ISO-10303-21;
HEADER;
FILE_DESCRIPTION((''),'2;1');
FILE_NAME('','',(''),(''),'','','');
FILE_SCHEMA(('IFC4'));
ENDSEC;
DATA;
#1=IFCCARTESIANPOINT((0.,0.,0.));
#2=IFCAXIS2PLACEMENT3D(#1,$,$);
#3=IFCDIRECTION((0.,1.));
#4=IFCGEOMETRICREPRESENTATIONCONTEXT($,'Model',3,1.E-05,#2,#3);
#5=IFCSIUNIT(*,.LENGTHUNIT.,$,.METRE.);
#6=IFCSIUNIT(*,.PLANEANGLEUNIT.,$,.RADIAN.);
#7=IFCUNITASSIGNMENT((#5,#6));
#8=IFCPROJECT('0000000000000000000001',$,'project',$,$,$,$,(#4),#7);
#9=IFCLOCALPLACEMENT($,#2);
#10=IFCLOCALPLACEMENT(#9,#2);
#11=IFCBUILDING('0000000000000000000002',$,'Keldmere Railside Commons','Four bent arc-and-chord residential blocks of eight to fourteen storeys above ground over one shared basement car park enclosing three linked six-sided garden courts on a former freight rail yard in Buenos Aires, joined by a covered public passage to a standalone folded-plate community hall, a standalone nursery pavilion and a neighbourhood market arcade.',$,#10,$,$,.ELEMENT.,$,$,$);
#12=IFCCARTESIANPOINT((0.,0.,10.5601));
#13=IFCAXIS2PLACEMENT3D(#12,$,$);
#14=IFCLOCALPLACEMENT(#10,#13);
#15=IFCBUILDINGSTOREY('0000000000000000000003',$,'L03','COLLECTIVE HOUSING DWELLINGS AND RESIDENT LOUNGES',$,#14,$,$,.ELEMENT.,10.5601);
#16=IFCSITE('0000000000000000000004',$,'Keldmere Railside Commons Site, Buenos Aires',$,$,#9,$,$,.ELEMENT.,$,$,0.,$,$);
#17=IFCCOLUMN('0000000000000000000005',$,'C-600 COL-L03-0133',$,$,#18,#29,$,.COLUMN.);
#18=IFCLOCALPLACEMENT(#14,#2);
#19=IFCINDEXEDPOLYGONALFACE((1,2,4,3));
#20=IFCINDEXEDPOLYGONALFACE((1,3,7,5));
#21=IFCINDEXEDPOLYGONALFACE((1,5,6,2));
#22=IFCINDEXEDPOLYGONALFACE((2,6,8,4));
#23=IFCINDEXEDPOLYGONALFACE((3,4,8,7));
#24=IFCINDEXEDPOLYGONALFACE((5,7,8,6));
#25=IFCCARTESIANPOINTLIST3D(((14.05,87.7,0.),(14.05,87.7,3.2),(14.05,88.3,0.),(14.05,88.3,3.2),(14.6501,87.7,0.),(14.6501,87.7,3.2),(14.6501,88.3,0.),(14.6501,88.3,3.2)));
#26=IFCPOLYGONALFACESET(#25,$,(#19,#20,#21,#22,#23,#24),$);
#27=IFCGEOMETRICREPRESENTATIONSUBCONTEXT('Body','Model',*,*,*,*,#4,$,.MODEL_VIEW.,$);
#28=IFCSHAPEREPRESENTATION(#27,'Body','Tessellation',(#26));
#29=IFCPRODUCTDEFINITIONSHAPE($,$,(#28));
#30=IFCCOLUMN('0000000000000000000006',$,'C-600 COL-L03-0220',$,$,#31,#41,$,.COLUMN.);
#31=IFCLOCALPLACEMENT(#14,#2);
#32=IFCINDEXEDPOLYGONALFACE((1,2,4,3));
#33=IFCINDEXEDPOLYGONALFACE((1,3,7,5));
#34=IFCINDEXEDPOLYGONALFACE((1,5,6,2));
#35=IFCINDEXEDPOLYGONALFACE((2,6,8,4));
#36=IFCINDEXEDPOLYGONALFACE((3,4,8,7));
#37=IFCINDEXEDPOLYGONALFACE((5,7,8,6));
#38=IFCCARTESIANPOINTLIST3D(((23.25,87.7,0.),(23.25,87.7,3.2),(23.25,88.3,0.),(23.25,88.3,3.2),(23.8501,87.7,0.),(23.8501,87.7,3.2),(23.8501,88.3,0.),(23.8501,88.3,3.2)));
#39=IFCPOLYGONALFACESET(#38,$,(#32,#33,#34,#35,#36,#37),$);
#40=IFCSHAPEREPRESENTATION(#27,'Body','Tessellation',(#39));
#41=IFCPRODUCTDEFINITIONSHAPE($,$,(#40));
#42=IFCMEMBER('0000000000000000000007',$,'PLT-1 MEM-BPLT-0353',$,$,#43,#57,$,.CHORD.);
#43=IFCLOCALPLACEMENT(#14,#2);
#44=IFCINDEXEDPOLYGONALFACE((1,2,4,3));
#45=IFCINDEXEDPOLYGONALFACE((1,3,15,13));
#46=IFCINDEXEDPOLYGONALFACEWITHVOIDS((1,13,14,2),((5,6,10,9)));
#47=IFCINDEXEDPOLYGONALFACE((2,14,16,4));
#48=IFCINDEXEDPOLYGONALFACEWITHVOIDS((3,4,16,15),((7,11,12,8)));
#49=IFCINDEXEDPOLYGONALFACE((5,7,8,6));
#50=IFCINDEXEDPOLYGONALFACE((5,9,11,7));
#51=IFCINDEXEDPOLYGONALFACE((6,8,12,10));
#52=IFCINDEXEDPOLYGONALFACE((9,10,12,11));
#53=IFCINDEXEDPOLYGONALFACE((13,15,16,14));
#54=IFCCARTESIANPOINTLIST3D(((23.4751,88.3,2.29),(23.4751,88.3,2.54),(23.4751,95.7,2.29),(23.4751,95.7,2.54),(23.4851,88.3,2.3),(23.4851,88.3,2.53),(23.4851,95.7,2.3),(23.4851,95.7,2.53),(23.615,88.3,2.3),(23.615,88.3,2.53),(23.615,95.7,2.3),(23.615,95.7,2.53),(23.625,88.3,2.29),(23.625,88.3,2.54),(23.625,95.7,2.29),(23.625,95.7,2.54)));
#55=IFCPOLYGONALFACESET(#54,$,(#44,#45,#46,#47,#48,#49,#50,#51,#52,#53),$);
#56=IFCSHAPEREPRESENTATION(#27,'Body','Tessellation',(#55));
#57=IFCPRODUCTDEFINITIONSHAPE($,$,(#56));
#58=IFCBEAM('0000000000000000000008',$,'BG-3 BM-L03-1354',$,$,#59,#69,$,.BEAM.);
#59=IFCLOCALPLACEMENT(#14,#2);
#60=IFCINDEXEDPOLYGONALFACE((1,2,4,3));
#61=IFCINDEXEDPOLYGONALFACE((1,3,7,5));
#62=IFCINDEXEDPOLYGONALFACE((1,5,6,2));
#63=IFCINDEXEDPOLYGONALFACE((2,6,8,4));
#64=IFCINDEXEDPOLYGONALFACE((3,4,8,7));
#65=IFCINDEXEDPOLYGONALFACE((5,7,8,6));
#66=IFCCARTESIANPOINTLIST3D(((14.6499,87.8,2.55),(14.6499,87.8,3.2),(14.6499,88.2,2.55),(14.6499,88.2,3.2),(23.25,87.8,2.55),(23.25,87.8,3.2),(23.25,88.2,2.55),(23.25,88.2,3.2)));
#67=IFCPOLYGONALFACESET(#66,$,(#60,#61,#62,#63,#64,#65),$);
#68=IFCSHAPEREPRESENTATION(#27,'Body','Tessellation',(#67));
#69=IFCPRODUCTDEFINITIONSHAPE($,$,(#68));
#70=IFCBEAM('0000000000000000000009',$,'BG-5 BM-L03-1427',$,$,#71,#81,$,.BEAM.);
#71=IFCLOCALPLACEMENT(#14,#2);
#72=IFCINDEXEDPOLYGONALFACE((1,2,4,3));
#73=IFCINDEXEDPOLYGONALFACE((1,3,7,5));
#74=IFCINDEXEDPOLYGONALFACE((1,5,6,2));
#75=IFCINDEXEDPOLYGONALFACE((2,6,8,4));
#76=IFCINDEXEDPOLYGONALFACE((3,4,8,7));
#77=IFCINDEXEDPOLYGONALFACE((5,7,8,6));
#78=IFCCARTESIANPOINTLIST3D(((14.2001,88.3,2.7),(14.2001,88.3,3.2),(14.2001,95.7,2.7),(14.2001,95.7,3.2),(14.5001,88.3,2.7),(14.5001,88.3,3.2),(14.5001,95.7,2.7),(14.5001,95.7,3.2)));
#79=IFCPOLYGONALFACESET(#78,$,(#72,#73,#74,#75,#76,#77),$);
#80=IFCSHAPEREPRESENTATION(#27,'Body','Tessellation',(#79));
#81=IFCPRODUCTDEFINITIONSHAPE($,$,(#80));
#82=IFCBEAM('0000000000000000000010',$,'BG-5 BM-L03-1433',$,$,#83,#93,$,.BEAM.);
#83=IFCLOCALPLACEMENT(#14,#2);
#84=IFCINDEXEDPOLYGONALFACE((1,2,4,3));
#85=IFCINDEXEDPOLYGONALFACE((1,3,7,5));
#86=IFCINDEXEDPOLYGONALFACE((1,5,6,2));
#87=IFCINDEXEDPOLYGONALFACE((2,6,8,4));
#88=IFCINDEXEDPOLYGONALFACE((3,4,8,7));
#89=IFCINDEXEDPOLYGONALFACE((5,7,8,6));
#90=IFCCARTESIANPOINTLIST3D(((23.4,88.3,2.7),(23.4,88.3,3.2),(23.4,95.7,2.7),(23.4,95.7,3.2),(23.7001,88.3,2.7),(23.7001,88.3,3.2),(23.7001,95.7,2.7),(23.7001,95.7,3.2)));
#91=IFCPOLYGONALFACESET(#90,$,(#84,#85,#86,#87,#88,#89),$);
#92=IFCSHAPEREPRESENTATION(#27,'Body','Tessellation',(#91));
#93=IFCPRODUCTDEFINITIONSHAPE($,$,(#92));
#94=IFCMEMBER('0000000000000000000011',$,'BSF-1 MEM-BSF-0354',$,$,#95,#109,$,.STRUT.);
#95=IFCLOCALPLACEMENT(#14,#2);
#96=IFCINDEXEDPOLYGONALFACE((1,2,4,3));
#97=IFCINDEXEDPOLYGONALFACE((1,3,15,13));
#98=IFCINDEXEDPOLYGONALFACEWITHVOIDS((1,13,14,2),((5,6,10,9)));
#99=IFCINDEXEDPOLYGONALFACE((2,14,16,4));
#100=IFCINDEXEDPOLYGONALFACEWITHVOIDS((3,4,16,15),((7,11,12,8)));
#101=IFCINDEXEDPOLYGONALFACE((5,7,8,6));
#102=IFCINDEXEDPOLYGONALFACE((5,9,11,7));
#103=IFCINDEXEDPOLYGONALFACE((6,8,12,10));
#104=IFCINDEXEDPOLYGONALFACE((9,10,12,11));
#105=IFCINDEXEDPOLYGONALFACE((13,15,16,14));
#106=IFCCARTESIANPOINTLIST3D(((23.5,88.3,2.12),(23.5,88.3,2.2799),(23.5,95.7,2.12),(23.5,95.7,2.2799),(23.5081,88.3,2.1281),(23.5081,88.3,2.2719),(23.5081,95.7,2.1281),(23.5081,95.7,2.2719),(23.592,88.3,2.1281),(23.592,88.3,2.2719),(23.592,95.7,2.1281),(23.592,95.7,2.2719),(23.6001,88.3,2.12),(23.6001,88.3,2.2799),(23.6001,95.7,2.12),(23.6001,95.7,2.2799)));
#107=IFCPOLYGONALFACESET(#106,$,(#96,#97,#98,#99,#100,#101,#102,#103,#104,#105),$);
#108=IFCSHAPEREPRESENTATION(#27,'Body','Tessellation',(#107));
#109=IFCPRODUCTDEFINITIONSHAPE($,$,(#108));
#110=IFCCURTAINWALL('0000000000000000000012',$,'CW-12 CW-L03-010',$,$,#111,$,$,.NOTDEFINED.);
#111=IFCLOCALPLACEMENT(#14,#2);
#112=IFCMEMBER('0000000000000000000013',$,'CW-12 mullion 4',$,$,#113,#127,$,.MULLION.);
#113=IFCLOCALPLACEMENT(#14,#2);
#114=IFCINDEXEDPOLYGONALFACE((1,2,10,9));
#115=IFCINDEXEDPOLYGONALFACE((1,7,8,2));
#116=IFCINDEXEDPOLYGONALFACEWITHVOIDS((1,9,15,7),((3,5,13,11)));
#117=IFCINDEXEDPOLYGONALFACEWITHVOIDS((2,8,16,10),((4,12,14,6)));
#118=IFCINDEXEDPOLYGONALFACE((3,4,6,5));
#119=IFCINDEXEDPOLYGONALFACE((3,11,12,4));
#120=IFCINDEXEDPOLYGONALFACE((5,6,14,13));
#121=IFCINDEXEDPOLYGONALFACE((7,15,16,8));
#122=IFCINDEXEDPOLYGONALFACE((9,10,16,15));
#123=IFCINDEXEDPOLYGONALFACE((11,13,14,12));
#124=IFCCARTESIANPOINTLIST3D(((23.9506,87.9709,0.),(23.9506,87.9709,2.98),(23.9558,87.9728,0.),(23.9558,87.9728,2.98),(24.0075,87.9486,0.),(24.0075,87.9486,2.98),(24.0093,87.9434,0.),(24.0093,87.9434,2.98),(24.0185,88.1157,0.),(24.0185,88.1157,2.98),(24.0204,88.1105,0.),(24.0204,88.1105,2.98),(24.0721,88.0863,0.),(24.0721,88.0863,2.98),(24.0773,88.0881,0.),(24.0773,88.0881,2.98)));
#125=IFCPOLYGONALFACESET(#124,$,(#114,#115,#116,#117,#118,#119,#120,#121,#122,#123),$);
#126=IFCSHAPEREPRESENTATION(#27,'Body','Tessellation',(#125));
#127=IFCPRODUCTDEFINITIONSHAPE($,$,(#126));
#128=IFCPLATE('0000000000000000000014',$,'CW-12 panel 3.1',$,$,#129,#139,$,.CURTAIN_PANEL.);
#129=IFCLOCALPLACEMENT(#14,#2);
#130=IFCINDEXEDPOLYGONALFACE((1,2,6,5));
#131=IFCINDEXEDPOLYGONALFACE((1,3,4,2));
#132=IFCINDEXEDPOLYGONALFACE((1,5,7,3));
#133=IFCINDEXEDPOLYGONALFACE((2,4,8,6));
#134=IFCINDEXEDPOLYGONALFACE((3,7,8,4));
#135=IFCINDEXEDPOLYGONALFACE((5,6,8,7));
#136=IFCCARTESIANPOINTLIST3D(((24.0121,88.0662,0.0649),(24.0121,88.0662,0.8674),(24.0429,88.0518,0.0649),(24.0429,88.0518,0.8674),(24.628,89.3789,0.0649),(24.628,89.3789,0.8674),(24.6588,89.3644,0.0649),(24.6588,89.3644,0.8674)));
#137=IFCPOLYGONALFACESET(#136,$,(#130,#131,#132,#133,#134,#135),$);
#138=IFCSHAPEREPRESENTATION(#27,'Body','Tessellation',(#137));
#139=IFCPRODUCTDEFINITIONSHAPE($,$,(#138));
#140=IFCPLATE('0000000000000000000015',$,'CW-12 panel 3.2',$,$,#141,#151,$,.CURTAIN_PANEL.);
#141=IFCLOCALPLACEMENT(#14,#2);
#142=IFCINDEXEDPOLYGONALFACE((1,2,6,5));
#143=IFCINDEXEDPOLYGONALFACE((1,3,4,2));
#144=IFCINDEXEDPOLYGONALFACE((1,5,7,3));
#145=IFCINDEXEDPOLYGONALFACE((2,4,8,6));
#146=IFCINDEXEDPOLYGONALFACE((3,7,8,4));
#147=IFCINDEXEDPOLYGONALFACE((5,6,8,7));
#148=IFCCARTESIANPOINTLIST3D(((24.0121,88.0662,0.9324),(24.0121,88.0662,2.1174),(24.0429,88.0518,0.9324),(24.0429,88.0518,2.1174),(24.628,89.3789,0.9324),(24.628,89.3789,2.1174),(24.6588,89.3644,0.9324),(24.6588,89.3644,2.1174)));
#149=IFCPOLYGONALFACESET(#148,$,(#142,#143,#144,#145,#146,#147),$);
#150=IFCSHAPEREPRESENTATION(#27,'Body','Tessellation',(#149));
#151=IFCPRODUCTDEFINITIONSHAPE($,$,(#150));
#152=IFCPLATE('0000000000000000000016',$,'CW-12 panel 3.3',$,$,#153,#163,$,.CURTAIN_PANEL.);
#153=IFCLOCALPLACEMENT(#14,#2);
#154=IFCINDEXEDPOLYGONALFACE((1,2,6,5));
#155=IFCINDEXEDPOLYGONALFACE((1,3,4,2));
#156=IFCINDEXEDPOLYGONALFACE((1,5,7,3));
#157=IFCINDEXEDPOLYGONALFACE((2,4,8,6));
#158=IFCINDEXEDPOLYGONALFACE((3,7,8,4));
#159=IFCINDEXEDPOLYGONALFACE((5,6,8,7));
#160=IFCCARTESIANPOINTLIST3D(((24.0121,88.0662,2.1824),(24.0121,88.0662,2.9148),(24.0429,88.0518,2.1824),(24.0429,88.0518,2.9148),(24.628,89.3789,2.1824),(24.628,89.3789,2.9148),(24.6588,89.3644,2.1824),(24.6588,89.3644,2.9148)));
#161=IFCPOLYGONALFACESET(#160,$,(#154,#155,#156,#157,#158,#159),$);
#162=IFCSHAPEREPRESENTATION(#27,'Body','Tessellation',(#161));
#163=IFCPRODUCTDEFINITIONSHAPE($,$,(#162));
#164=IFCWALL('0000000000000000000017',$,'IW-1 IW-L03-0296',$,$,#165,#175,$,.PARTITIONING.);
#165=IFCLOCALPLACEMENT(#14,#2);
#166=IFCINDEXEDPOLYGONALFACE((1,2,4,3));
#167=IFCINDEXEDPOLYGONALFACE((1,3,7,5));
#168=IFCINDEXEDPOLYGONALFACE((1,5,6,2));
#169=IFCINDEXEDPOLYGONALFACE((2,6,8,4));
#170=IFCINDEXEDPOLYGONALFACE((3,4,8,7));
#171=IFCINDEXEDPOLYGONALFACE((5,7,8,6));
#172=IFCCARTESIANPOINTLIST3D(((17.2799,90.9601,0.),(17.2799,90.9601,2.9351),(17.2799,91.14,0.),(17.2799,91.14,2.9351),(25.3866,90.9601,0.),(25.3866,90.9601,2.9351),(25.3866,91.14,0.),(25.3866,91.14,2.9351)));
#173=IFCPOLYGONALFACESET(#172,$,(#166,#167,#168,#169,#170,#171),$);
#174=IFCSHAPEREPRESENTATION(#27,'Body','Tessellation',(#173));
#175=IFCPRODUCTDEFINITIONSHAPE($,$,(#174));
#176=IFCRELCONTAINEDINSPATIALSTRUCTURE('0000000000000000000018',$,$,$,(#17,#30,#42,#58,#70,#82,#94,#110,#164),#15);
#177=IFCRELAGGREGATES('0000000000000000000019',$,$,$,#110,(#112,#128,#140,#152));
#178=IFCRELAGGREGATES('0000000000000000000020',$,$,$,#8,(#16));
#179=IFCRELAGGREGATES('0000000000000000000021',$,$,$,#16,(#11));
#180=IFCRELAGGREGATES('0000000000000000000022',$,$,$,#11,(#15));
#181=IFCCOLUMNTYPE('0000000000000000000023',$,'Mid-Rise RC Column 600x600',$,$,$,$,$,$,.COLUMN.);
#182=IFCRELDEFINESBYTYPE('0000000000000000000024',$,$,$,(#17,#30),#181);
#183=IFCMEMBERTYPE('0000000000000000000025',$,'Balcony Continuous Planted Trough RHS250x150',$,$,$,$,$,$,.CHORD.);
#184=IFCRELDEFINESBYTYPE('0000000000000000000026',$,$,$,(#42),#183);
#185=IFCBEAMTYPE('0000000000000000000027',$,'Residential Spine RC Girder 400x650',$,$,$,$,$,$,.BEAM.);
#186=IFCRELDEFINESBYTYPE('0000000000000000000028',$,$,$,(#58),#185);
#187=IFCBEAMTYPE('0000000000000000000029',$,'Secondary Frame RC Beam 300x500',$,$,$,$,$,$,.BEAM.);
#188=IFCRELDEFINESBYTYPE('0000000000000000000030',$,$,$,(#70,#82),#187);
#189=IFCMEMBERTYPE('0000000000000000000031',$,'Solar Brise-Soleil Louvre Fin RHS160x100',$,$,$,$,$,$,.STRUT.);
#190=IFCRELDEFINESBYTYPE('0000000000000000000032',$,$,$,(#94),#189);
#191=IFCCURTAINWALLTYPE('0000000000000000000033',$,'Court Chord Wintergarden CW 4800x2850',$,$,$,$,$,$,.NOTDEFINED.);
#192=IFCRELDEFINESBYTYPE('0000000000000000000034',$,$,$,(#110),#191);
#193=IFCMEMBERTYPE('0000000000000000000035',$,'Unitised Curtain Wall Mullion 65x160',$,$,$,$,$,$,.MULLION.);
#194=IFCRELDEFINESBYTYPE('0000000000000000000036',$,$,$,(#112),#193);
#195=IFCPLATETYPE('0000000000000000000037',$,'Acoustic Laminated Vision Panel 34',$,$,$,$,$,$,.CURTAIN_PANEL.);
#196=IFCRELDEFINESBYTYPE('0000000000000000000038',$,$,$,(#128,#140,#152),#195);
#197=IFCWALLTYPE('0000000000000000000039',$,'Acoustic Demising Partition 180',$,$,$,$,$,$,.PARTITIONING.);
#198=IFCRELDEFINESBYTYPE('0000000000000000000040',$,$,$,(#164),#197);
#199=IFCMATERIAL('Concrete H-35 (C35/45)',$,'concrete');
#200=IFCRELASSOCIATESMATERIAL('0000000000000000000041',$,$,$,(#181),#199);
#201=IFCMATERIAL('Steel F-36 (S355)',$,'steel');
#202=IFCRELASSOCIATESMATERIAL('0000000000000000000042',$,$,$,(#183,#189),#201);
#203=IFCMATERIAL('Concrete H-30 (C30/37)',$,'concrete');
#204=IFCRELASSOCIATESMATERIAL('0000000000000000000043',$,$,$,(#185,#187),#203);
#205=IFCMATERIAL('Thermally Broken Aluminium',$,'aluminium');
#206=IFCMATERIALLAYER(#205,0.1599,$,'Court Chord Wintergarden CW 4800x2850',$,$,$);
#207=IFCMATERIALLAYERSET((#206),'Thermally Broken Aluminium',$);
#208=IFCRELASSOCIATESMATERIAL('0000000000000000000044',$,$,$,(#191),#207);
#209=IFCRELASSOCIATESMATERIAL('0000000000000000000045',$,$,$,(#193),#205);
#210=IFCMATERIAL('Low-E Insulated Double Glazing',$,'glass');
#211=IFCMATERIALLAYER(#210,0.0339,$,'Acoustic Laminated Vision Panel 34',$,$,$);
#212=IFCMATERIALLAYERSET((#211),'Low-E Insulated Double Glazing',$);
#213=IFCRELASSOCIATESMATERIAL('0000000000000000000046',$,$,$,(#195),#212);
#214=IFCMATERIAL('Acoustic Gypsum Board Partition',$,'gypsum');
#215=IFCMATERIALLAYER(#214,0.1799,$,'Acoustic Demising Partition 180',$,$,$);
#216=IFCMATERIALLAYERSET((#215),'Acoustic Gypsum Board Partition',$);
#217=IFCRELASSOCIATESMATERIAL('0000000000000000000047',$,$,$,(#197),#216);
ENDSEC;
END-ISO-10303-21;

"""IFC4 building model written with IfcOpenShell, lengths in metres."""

from ifc_helpers import new_model, si_unit, direction, frame, frame_2d, origin, origin_2d, place, context, subcontext, project, spatial, rectangle, hollow_rectangle, extrude, material, layer, layer_set, material_profile, profile_set, type_object, element, aggregate, save


model = new_model("IFC4")

# Units and contexts
model_context = context("Model", 3, precision=1e-05, world=origin(), true_north=direction((0.0, 1.0)))
body_context = subcontext(model_context, "Body", "Model", "MODEL_VIEW")
ifc_project = project(units=[si_unit("LENGTHUNIT", "METRE"), si_unit("PLANEANGLEUNIT", "RADIAN")], contexts=[model_context])

# Site, building, storey
site_placement = place(None, origin())
site = spatial("IfcSite", under=ifc_project, at=site_placement, Name="Keldmere Railside Commons Site, Buenos Aires", CompositionType="ELEMENT", RefElevation=0.0)
building_placement = place(site_placement, origin())
building = spatial("IfcBuilding", under=site, at=building_placement, Name="Keldmere Railside Commons", Description="Four bent arc-and-chord residential blocks of eight to fourteen storeys above ground over one shared basement car park enclosing three linked six-sided garden courts on a former freight rail yard in Buenos Aires, joined by a covered public passage to a standalone folded-plate community hall, a standalone nursery pavilion and a neighbourhood market arcade.", CompositionType="ELEMENT")
storey_placement = place(building_placement, frame((0.0, 0.0, 10.5601)))
storey = spatial("IfcBuildingStorey", under=building, at=storey_placement, Name="L03", Description="COLLECTIVE HOUSING DWELLINGS AND RESIDENT LOUNGES", CompositionType="ELEMENT", Elevation=10.5601)

# Columns
ifc_material_1 = material(Name="Concrete H-35 (C35/45)", Category="concrete")
ifc_material_profile_1 = material_profile(ifc_material_1, rectangle(XDim=0.6001, YDim=0.6001, at=origin_2d()), Name="RC-600x600")
ifc_profile_set_1 = profile_set([ifc_material_profile_1], Name="Concrete H-35 (C35/45)")
column_type = type_object("IfcColumnType", Name="Mid-Rise RC Column 600x600", PredefinedType="COLUMN", material=ifc_profile_set_1)
for number, where, z_axis, x_axis, name in (
    (1, (14.3501, 88.0, 0.0), (0.0, 0.0, 1.0), (1.0, 0.0, 0.0), "C-600 COL-L03-0133"),
    (2, (23.55, 88.0, 0.0), (0.0, 0.0, 1.0), (1.0, 0.0, 0.0), "C-600 COL-L03-0220"),
):
    element("IfcColumn", number, at=place(storey_placement, frame(where, z_axis=z_axis, x_axis=x_axis)), inside=storey, type_object=column_type, Name=name, PredefinedType="COLUMN", context=body_context, shape_type="SweptSolid", body=[
        extrude(rectangle(XDim=0.6001, YDim=0.6001, at=origin_2d()), origin(), (0.0, 0.0, 1.0), 3.2),
    ])

# Member
ifc_material_2 = material(Name="Steel F-36 (S355)", Category="steel")
ifc_material_profile_2 = material_profile(ifc_material_2, hollow_rectangle(XDim=0.1499, YDim=0.25, WallThickness=0.01, at=origin_2d()), Name="RHS-250x150x10")
ifc_profile_set_2 = profile_set([ifc_material_profile_2], Name="Steel F-36 (S355)")
member_type_1 = type_object("IfcMemberType", Name="Balcony Continuous Planted Trough RHS250x150", PredefinedType="CHORD", material=ifc_profile_set_2)
member_1_placement = place(storey_placement, frame((23.55, 88.3, 2.415), z_axis=(0.0, 1.0, 0.0), x_axis=(-1.0, 0.0, 0.0)))
element("IfcMember", 3, at=member_1_placement, inside=storey, type_object=member_type_1, Name="PLT-1 MEM-BPLT-0353", PredefinedType="CHORD", context=body_context, shape_type="SweptSolid", body=[
    extrude(hollow_rectangle(XDim=0.1499, YDim=0.25, WallThickness=0.01, at=origin_2d()), origin(), (0.0, 0.0, 1.0), 7.3999),
])

# Beams
ifc_material_3 = material(Name="Concrete H-30 (C30/37)", Category="concrete")
ifc_material_profile_3 = material_profile(ifc_material_3, rectangle(XDim=0.3999, YDim=0.6499, at=origin_2d()), Name="RC-400x650")
ifc_profile_set_3 = profile_set([ifc_material_profile_3], Name="Concrete H-30 (C30/37)")
beam_type_1 = type_object("IfcBeamType", Name="Residential Spine RC Girder 400x650", PredefinedType="BEAM", material=ifc_profile_set_3)
beam_placement = place(storey_placement, frame((14.6499, 88.0, 2.875), z_axis=(1.0, 0.0, 0.0), x_axis=(0.0, 1.0, 0.0)))
element("IfcBeam", 4, at=beam_placement, inside=storey, type_object=beam_type_1, Name="BG-3 BM-L03-1354", PredefinedType="BEAM", context=body_context, shape_type="SweptSolid", body=[
    extrude(rectangle(XDim=0.3999, YDim=0.6499, at=origin_2d()), origin(), (0.0, 0.0, 1.0), 8.6001),
])
ifc_material_profile_4 = material_profile(ifc_material_3, rectangle(XDim=0.3, YDim=0.5, at=origin_2d()), Name="RC-300x500")
ifc_profile_set_4 = profile_set([ifc_material_profile_4], Name="Concrete H-30 (C30/37)")
beam_type_2 = type_object("IfcBeamType", Name="Secondary Frame RC Beam 300x500", PredefinedType="BEAM", material=ifc_profile_set_4)
for number, where, z_axis, x_axis, name in (
    (5, (14.3501, 88.3, 2.95), (0.0, 1.0, 0.0), (-1.0, 0.0, 0.0), "BG-5 BM-L03-1427"),
    (6, (23.55, 88.3, 2.95), (0.0, 1.0, 0.0), (-1.0, 0.0, 0.0), "BG-5 BM-L03-1433"),
):
    element("IfcBeam", number, at=place(storey_placement, frame(where, z_axis=z_axis, x_axis=x_axis)), inside=storey, type_object=beam_type_2, Name=name, PredefinedType="BEAM", context=body_context, shape_type="SweptSolid", body=[
        extrude(rectangle(XDim=0.3, YDim=0.5, at=origin_2d()), origin(), (0.0, 0.0, 1.0), 7.3999),
    ])

# Member
ifc_material_profile_5 = material_profile(ifc_material_2, hollow_rectangle(XDim=0.1001, YDim=0.1599, WallThickness=0.0081, at=origin_2d()), Name="RHS-160x100x8")
ifc_profile_set_5 = profile_set([ifc_material_profile_5], Name="Steel F-36 (S355)")
member_type_2 = type_object("IfcMemberType", Name="Solar Brise-Soleil Louvre Fin RHS160x100", PredefinedType="STRUT", material=ifc_profile_set_5)
member_2_placement = place(storey_placement, frame((23.55, 88.3, 2.2), z_axis=(0.0, 1.0, 0.0), x_axis=(-1.0, 0.0, 0.0)))
element("IfcMember", 7, at=member_2_placement, inside=storey, type_object=member_type_2, Name="BSF-1 MEM-BSF-0354", PredefinedType="STRUT", context=body_context, shape_type="SweptSolid", body=[
    extrude(hollow_rectangle(XDim=0.1001, YDim=0.1599, WallThickness=0.0081, at=origin_2d()), origin(), (0.0, 0.0, 1.0), 7.3999),
])

# Curtain wall, member, plates
ifc_material_4 = material(Name="Thermally Broken Aluminium", Category="aluminium")
ifc_layer_1 = layer(ifc_material_4, 0.1599, Name="Court Chord Wintergarden CW 4800x2850")
ifc_layer_set_1 = layer_set([ifc_layer_1], Name="Thermally Broken Aluminium")
curtain_wall_type = type_object("IfcCurtainWallType", Name="Court Chord Wintergarden CW 4800x2850", PredefinedType="NOTDEFINED", material=ifc_layer_set_1)
curtain_wall_placement = place(storey_placement, origin())
curtain_wall = element("IfcCurtainWall", 8, at=curtain_wall_placement, inside=storey, type_object=curtain_wall_type, Name="CW-12 CW-L03-010", PredefinedType="NOTDEFINED")
ifc_material_profile_6 = material_profile(ifc_material_4, hollow_rectangle(XDim=0.0649, YDim=0.1599, WallThickness=0.0039, at=origin_2d()), Name="ALU-MULL-65x160")
ifc_profile_set_6 = profile_set([ifc_material_profile_6], Name="Thermally Broken Aluminium")
member_type_3 = type_object("IfcMemberType", Name="Unitised Curtain Wall Mullion 65x160", PredefinedType="MULLION", material=ifc_profile_set_6)
member_3_placement = place(storey_placement, frame((24.0139, 88.0295, 0.0), z_axis=(0.0, 0.0, 1.0), x_axis=(0.905306, -0.424759, 0.0)))
member_3 = element("IfcMember", 9, at=member_3_placement, type_object=member_type_3, Name="CW-12 mullion 4", PredefinedType="MULLION", context=body_context, shape_type="SweptSolid", body=[
    extrude(hollow_rectangle(XDim=0.0649, YDim=0.1599, WallThickness=0.0039, at=origin_2d()), origin(), (0.0, 0.0, 1.0), 2.98),
])
ifc_material_5 = material(Name="Low-E Insulated Double Glazing", Category="glass")
ifc_layer_2 = layer(ifc_material_5, 0.0339, Name="Acoustic Laminated Vision Panel 34")
ifc_layer_set_2 = layer_set([ifc_layer_2], Name="Low-E Insulated Double Glazing")
plate_type = type_object("IfcPlateType", Name="Acoustic Laminated Vision Panel 34", PredefinedType="CURTAIN_PANEL", material=ifc_layer_set_2)
plate_1_placement = place(storey_placement, frame((24.3354, 88.7153, 0.0649), z_axis=(0.0, 0.0, 1.0), x_axis=(-0.424759, -0.905306, 0.0)))
plate_1 = element("IfcPlate", 10, at=plate_1_placement, type_object=plate_type, Name="CW-12 panel 3.1", PredefinedType="CURTAIN_PANEL", context=body_context, shape_type="SweptSolid", body=[
    extrude(rectangle(XDim=1.45, YDim=0.0339, at=origin_2d()), origin(), (0.0, 0.0, 1.0), 0.8025),
])
plate_2_placement = place(storey_placement, frame((24.3354, 88.7153, 0.9324), z_axis=(0.0, 0.0, 1.0), x_axis=(-0.424759, -0.905306, 0.0)))
plate_2 = element("IfcPlate", 11, at=plate_2_placement, type_object=plate_type, Name="CW-12 panel 3.2", PredefinedType="CURTAIN_PANEL", context=body_context, shape_type="SweptSolid", body=[
    extrude(rectangle(XDim=1.45, YDim=0.0339, at=origin_2d()), origin(), (0.0, 0.0, 1.0), 1.1851),
])
plate_3_placement = place(storey_placement, frame((24.3354, 88.7153, 2.1824), z_axis=(0.0, 0.0, 1.0), x_axis=(-0.424759, -0.905306, 0.0)))
plate_3 = element("IfcPlate", 12, at=plate_3_placement, type_object=plate_type, Name="CW-12 panel 3.3", PredefinedType="CURTAIN_PANEL", context=body_context, shape_type="SweptSolid", body=[
    extrude(rectangle(XDim=1.45, YDim=0.0339, at=origin_2d()), origin(), (0.0, 0.0, 1.0), 0.7324),
])
aggregate(curtain_wall, [member_3, plate_1, plate_2, plate_3])

# Wall
ifc_material_6 = material(Name="Acoustic Gypsum Board Partition", Category="gypsum")
ifc_layer_3 = layer(ifc_material_6, 0.1799, Name="Acoustic Demising Partition 180")
ifc_layer_set_3 = layer_set([ifc_layer_3], Name="Acoustic Gypsum Board Partition")
wall_type_1 = type_object("IfcWallType", Name="Acoustic Demising Partition 180", PredefinedType="PARTITIONING", material=ifc_layer_set_3)
wall_1_placement = place(storey_placement, frame((17.28, 91.05, 0.0), z_axis=(0.0, 0.0, 1.0), x_axis=(1.0, 0.0, 0.0)))
element("IfcWall", 13, at=wall_1_placement, inside=storey, type_object=wall_type_1, Name="IW-1 IW-L03-0296", PredefinedType="PARTITIONING", context=body_context, shape_type="SweptSolid", body=[
    extrude(rectangle(XDim=8.1067, YDim=0.1799, at=frame_2d((4.0532, 0.0))), origin(), (0.0, 0.0, 1.0), 2.9351),
])

save(model, "model.ifc")
